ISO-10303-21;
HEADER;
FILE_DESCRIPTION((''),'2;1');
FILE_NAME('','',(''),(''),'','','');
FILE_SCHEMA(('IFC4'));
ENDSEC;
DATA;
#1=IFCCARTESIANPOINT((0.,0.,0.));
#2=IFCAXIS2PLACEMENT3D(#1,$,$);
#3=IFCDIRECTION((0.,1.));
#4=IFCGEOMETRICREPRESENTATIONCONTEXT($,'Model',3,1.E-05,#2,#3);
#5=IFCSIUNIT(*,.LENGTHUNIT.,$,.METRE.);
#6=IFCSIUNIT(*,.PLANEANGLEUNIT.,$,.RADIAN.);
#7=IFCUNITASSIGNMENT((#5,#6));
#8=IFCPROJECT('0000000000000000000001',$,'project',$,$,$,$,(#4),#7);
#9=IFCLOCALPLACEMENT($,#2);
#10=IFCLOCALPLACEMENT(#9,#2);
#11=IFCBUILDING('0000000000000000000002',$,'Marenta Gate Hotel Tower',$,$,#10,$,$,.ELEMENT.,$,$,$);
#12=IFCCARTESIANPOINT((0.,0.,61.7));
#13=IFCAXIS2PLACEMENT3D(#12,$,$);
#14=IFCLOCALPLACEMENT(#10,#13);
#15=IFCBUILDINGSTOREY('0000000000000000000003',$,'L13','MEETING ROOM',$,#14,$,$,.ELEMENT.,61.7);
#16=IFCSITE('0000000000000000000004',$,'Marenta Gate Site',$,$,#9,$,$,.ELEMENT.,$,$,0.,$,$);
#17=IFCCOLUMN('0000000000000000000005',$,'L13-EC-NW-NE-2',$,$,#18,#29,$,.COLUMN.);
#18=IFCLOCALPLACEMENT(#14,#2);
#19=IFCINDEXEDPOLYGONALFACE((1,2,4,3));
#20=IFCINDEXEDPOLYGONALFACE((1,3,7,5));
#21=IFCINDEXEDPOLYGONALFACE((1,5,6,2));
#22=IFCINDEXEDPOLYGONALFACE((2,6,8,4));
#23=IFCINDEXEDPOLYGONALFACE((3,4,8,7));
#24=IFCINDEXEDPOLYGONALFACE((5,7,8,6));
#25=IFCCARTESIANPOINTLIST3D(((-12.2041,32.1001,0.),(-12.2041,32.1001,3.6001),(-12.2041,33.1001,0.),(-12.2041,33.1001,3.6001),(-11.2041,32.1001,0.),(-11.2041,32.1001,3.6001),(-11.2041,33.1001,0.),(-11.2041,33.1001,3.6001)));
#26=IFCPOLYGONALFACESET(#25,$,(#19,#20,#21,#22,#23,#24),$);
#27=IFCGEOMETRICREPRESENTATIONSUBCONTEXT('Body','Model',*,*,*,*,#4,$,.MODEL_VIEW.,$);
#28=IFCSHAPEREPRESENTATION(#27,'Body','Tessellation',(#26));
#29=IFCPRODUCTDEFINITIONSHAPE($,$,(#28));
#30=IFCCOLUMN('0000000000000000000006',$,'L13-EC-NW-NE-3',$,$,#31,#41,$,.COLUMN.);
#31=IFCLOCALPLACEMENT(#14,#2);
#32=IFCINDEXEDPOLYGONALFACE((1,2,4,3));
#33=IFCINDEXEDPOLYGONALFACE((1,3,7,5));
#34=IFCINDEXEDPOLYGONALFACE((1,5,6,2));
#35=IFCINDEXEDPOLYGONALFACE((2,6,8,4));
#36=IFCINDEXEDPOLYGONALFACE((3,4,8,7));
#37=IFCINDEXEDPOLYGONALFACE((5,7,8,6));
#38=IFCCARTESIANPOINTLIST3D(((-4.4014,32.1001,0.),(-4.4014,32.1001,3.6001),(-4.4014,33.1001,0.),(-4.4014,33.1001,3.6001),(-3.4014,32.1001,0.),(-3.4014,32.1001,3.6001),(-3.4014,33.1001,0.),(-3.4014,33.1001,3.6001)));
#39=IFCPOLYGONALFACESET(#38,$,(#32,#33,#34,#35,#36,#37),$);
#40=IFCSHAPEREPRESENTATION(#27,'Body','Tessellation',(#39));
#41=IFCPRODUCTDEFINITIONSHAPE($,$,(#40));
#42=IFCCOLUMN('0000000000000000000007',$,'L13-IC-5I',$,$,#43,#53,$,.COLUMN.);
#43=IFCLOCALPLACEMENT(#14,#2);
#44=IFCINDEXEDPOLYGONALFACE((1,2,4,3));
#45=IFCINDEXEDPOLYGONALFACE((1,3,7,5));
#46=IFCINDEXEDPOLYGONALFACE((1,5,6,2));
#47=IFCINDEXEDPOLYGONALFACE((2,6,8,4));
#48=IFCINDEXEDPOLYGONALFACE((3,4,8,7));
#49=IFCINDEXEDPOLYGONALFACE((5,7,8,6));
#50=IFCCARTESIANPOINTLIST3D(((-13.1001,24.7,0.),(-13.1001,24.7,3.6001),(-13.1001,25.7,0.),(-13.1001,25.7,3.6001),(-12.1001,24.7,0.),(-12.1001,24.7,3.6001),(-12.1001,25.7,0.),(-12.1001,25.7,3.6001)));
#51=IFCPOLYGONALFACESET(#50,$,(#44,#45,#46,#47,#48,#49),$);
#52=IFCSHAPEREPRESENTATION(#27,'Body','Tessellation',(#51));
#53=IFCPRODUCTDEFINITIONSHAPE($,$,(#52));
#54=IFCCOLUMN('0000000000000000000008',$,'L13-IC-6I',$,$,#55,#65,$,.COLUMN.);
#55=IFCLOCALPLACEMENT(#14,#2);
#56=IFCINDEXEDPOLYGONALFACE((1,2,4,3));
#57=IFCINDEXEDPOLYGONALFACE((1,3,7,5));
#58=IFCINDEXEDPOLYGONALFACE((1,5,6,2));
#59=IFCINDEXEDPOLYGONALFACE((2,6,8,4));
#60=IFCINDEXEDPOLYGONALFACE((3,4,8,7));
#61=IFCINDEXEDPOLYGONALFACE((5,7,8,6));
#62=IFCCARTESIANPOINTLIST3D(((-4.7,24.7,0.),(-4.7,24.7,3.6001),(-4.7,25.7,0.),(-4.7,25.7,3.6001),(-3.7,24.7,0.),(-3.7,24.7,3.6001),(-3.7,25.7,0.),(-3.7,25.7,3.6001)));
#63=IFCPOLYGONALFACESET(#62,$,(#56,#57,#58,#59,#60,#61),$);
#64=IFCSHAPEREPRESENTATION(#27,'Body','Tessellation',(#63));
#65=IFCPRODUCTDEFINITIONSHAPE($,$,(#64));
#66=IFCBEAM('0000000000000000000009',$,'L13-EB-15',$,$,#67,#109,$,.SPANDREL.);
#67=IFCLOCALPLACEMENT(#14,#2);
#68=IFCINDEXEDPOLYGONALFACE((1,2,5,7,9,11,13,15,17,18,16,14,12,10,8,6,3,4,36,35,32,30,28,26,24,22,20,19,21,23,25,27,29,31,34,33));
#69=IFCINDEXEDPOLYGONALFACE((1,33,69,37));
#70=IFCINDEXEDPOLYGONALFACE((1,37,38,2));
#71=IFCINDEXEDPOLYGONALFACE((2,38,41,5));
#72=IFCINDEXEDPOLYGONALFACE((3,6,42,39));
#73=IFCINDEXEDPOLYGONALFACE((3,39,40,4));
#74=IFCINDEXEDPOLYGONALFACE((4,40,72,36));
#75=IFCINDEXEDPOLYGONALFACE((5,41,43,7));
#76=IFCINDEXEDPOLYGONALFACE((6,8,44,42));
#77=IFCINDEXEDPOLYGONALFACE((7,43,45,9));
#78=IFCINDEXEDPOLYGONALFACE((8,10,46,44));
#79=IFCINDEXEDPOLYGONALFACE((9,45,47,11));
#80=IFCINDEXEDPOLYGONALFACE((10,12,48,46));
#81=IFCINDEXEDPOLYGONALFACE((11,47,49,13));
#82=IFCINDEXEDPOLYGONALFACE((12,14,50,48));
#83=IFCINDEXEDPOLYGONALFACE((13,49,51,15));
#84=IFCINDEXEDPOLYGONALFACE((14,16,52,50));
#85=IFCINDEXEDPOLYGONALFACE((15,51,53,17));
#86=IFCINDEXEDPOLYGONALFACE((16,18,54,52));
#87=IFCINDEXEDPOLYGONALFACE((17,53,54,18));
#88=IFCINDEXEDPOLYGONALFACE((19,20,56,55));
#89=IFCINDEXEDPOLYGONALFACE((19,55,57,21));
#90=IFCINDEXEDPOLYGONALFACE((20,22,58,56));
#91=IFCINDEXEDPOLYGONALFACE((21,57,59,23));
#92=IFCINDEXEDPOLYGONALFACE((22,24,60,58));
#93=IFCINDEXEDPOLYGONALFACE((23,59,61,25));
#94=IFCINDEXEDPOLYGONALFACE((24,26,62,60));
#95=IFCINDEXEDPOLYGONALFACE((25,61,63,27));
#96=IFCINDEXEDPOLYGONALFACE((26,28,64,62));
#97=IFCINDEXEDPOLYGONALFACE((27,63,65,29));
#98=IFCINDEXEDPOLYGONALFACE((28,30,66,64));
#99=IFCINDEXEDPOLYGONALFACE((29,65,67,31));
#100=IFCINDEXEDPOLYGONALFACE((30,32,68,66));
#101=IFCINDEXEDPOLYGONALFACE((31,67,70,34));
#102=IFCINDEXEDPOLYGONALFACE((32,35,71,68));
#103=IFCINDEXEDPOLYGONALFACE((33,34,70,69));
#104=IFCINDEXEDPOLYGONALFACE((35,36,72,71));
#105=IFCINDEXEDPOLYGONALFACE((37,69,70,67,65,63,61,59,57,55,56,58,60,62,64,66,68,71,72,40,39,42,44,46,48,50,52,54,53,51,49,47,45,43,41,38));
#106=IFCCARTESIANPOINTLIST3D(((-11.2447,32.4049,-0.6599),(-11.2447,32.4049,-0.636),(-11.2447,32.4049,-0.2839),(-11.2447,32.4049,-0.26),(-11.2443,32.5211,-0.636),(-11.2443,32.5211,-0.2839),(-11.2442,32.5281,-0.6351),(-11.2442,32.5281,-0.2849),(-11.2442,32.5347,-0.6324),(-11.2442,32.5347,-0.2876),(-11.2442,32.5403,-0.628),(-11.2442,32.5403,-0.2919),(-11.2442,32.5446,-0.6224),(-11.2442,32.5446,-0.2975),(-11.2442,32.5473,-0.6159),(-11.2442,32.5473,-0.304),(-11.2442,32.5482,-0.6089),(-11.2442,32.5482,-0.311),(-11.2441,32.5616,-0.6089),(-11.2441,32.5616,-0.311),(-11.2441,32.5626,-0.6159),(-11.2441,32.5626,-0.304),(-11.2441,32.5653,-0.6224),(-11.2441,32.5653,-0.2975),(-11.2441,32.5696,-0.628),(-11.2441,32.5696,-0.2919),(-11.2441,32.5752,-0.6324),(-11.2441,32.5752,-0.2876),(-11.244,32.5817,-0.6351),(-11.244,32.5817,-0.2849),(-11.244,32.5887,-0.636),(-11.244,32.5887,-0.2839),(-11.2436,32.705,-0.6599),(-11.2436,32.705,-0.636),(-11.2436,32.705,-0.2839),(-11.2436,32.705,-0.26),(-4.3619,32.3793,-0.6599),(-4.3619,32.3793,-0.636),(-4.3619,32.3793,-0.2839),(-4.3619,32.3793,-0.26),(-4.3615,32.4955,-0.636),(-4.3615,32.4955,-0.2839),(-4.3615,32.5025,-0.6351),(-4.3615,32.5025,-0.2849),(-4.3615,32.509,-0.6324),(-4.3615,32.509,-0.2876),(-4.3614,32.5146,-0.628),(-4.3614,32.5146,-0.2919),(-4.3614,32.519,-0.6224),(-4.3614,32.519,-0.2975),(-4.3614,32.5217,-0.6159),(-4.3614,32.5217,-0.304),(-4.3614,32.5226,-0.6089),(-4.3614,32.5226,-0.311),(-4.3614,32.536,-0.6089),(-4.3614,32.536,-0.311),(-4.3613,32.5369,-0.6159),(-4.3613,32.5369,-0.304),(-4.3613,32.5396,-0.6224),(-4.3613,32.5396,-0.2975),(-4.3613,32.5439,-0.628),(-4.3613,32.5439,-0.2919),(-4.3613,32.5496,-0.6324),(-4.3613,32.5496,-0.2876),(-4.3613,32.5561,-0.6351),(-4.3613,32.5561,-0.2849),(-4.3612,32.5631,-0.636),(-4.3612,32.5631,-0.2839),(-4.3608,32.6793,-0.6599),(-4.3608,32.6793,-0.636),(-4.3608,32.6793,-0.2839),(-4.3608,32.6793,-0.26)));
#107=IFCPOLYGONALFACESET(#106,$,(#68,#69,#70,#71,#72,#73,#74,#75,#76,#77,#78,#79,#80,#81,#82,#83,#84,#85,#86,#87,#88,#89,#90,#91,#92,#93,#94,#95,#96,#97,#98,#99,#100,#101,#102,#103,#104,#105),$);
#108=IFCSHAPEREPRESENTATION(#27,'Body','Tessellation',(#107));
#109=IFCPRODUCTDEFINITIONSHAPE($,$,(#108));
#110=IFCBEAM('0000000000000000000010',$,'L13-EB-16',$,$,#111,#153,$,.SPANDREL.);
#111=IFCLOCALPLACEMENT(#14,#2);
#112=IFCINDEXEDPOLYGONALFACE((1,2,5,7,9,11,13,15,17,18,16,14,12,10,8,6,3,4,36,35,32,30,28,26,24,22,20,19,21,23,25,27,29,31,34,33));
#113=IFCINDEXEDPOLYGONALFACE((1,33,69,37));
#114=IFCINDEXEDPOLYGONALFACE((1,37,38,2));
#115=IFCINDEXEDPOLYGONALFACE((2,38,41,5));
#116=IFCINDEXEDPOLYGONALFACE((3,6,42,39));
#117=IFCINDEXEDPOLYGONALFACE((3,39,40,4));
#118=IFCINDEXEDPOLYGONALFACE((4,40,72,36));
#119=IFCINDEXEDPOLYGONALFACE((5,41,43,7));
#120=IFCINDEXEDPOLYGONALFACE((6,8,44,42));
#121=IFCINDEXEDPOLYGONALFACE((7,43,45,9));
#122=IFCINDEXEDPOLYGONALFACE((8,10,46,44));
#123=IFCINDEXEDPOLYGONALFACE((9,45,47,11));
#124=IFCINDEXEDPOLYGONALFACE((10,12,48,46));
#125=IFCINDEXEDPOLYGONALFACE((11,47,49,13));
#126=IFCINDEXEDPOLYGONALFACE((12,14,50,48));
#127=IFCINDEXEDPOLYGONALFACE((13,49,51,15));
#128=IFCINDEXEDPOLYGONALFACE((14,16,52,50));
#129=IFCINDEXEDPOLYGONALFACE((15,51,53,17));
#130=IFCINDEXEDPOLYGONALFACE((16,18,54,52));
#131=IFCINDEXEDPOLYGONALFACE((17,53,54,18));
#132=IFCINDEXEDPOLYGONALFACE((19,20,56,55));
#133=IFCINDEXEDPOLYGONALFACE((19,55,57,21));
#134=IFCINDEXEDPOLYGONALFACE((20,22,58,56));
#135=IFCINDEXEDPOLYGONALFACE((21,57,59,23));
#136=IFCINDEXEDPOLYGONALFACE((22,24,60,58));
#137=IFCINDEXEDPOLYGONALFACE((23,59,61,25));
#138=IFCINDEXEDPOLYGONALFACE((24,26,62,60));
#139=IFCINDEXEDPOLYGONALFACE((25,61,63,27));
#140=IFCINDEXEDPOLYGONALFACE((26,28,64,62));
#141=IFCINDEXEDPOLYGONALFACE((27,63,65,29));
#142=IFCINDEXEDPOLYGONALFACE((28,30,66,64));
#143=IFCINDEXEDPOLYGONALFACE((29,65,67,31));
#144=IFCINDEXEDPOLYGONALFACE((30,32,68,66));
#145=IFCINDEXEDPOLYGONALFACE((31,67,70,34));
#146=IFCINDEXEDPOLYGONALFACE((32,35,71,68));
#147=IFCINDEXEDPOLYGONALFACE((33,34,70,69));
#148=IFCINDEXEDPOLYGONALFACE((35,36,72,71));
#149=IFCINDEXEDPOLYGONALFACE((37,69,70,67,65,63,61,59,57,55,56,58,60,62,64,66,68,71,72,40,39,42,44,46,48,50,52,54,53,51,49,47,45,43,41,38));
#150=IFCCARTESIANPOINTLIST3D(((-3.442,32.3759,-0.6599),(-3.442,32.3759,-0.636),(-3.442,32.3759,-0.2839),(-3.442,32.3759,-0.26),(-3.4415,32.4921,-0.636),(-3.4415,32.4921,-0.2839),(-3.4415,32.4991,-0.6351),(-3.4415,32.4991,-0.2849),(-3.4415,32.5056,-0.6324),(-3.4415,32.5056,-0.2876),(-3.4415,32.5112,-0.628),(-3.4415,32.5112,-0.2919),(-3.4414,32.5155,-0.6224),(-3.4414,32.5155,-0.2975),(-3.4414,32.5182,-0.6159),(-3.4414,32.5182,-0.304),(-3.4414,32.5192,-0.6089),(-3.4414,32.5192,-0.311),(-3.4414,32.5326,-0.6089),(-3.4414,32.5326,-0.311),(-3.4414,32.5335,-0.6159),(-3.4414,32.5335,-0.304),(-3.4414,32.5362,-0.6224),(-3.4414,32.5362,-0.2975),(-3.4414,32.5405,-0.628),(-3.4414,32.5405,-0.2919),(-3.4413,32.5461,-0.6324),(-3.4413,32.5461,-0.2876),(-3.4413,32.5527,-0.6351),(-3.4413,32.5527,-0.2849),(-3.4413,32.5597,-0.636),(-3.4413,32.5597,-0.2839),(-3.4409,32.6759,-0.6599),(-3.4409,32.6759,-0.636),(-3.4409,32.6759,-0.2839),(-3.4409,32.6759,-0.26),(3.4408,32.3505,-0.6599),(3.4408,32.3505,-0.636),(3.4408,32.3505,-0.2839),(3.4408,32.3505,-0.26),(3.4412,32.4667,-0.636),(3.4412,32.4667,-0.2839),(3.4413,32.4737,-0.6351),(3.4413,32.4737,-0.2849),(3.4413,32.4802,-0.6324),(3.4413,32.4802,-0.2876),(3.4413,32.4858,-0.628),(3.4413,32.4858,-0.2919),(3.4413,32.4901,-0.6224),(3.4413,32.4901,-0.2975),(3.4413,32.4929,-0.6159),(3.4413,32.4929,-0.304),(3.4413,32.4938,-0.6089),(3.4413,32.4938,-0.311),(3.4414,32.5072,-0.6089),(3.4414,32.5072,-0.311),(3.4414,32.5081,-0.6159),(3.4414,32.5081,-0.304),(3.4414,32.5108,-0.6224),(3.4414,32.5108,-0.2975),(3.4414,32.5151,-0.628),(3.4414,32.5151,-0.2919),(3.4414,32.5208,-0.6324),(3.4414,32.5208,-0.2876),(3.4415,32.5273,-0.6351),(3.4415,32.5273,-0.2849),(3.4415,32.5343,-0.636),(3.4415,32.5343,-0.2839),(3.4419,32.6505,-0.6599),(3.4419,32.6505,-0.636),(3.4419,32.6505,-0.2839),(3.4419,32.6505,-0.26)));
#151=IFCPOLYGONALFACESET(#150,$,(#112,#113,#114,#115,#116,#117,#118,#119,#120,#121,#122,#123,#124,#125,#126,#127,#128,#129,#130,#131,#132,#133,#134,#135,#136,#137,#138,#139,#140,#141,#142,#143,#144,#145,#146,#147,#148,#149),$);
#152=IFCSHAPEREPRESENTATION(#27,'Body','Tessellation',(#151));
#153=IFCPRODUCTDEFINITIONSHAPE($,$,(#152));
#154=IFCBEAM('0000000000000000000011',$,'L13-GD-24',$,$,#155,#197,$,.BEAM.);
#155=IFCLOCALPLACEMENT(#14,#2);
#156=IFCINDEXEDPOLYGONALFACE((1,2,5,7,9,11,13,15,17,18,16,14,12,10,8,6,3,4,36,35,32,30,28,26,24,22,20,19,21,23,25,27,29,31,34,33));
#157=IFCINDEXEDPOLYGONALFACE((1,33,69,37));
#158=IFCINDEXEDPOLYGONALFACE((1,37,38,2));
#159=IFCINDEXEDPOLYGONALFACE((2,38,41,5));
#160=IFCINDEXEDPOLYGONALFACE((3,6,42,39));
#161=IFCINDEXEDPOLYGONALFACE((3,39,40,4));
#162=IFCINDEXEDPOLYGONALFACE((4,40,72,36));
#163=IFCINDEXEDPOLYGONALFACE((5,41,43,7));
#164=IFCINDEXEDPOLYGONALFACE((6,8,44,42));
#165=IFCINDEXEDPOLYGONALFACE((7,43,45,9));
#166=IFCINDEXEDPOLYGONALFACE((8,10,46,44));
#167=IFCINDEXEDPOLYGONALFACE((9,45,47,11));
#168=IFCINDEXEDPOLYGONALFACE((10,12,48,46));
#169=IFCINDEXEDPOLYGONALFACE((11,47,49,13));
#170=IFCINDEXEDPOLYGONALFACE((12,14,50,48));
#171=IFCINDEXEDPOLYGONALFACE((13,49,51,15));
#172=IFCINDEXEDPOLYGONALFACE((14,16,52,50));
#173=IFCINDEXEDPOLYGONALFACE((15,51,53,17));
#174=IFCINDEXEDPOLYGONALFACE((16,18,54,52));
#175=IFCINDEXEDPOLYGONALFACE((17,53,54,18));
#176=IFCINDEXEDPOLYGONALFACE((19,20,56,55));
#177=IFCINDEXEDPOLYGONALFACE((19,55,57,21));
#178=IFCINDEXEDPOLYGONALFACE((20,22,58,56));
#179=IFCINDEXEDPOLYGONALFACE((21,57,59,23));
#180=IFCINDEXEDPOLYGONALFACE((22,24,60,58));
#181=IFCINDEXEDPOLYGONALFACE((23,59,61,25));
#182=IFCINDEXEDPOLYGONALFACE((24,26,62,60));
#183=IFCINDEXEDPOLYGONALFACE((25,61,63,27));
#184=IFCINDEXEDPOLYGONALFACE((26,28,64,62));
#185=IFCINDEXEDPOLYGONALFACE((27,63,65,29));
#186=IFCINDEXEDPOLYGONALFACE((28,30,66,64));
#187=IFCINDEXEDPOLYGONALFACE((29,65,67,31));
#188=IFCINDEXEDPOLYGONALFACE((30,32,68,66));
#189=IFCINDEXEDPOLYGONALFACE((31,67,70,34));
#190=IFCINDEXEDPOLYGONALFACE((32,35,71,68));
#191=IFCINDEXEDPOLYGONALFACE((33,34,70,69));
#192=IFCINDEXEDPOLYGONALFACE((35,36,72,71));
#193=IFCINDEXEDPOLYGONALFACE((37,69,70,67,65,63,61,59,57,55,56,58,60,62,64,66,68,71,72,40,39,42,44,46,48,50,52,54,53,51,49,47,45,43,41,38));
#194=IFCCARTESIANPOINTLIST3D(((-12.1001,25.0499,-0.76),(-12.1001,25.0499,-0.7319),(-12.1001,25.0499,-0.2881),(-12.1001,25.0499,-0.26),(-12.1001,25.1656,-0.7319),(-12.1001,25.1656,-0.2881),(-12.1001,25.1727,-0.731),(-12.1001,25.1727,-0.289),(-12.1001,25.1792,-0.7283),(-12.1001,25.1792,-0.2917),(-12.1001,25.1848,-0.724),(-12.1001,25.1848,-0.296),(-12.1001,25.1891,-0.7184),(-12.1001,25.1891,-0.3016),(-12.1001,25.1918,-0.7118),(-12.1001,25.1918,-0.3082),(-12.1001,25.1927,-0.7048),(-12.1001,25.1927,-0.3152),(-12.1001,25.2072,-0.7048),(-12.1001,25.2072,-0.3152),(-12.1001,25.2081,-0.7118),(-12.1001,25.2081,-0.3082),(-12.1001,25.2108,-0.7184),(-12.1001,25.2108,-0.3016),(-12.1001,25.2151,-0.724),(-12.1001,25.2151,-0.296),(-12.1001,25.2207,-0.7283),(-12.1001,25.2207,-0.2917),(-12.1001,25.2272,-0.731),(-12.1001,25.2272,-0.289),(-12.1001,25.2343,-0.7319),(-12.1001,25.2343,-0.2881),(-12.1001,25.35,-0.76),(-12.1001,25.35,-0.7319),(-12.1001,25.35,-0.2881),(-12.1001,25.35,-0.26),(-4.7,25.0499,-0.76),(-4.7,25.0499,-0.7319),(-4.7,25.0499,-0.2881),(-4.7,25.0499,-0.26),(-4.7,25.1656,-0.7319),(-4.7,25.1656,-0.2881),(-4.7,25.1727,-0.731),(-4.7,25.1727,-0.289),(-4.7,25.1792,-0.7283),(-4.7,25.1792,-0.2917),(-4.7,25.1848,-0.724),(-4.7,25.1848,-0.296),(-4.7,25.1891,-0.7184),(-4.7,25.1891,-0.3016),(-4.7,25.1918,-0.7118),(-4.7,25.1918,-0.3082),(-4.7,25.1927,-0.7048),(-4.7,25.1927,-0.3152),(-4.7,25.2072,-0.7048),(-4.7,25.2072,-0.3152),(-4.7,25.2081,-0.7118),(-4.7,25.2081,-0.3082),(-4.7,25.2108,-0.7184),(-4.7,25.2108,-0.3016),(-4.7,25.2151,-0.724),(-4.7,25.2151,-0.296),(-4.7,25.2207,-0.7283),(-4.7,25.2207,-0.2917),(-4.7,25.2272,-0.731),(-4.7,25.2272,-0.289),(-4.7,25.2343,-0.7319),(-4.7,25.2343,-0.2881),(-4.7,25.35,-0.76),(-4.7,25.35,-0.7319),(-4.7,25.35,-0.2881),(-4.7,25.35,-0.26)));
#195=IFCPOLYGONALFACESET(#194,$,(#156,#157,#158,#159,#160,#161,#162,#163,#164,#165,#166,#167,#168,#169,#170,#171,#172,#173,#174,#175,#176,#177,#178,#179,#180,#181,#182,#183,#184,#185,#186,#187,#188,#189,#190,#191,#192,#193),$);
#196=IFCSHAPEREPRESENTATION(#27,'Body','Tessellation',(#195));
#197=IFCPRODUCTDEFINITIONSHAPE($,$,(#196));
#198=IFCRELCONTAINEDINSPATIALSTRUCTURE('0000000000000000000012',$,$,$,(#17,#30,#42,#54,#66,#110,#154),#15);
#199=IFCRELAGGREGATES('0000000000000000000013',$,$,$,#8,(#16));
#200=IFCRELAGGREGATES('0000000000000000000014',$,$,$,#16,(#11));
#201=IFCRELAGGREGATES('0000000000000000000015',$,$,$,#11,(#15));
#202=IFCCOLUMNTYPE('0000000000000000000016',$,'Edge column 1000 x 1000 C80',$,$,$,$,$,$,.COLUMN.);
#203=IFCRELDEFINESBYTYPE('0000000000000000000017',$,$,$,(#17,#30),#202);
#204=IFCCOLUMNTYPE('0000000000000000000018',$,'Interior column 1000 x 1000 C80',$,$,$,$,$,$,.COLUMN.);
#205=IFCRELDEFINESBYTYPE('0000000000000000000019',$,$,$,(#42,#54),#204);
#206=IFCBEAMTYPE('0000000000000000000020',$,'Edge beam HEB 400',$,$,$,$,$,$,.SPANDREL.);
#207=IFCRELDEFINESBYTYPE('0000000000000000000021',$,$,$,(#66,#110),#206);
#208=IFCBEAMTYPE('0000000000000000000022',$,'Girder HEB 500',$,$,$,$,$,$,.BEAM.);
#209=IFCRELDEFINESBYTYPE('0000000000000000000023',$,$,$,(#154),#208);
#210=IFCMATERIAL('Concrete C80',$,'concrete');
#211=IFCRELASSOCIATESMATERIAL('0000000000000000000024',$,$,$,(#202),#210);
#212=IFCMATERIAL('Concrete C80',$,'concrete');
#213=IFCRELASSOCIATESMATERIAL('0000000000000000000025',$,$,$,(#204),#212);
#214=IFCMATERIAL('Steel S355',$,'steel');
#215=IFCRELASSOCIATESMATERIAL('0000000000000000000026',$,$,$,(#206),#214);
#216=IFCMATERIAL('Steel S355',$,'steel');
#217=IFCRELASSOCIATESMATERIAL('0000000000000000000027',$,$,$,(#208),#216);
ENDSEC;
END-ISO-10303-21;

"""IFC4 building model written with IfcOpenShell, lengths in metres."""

from ifc_helpers import new_model, si_unit, direction, frame, origin, origin_2d, place, context, subcontext, project, spatial, rectangle, i_section, extrude, material, material_profile, profile_set, type_object, element, save


model = new_model("IFC4")

# Units and contexts
model_context = context("Model", 3, precision=1e-05, world=origin(), true_north=direction((0.0, 1.0)))
body_context = subcontext(model_context, "Body", "Model", "MODEL_VIEW")
ifc_project = project(units=[si_unit("LENGTHUNIT", "METRE"), si_unit("PLANEANGLEUNIT", "RADIAN")], contexts=[model_context])

# Site, building, storey
site_placement = place(None, origin())
site = spatial("IfcSite", under=ifc_project, at=site_placement, Name="Marenta Gate Site", CompositionType="ELEMENT", RefElevation=0.0)
building_placement = place(site_placement, origin())
building = spatial("IfcBuilding", under=site, at=building_placement, Name="Marenta Gate Hotel Tower", CompositionType="ELEMENT")
storey_placement = place(building_placement, frame((0.0, 0.0, 61.7)))
storey = spatial("IfcBuildingStorey", under=building, at=storey_placement, Name="L13", Description="MEETING ROOM", CompositionType="ELEMENT", Elevation=61.7)

# Columns
ifc_material_1 = material(Name="Concrete C80", Category="concrete")
ifc_material_profile_1 = material_profile(ifc_material_1, rectangle(XDim=1.0, YDim=1.0, at=origin_2d()), Name="1000 x 1000")
ifc_profile_set_1 = profile_set([ifc_material_profile_1], Name="Concrete C80")
column_type_1 = type_object("IfcColumnType", Name="Edge column 1000 x 1000 C80", PredefinedType="COLUMN", material=ifc_profile_set_1)
for number, where, z_axis, x_axis, name in (
    (1, (-11.7041, 32.6001, 0.0), (0.0, 0.0, 1.0), (1.0, 0.0, 0.0), "L13-EC-NW-NE-2"),
    (2, (-3.9014, 32.6001, 0.0), (0.0, 0.0, 1.0), (1.0, 0.0, 0.0), "L13-EC-NW-NE-3"),
):
    element("IfcColumn", number, at=place(storey_placement, frame(where, z_axis=z_axis, x_axis=x_axis)), inside=storey, type_object=column_type_1, Name=name, PredefinedType="COLUMN", context=body_context, shape_type="SweptSolid", body=[
        extrude(rectangle(XDim=1.0, YDim=1.0, at=origin_2d()), origin(), (0.0, 0.0, 1.0), 3.6001),
    ])
ifc_material_2 = material(Name="Concrete C80", Category="concrete")
ifc_material_profile_2 = material_profile(ifc_material_2, rectangle(XDim=1.0, YDim=1.0, at=origin_2d()), Name="1000 x 1000")
ifc_profile_set_2 = profile_set([ifc_material_profile_2], Name="Concrete C80")
column_type_2 = type_object("IfcColumnType", Name="Interior column 1000 x 1000 C80", PredefinedType="COLUMN", material=ifc_profile_set_2)
for number, where, z_axis, x_axis, name in (
    (3, (-12.6001, 25.2, 0.0), (0.0, 0.0, 1.0), (1.0, 0.0, 0.0), "L13-IC-5I"),
    (4, (-4.2, 25.2, 0.0), (0.0, 0.0, 1.0), (1.0, 0.0, 0.0), "L13-IC-6I"),
):
    element("IfcColumn", number, at=place(storey_placement, frame(where, z_axis=z_axis, x_axis=x_axis)), inside=storey, type_object=column_type_2, Name=name, PredefinedType="COLUMN", context=body_context, shape_type="SweptSolid", body=[
        extrude(rectangle(XDim=1.0, YDim=1.0, at=origin_2d()), origin(), (0.0, 0.0, 1.0), 3.6001),
    ])

# Beams
ifc_material_3 = material(Name="Steel S355", Category="steel")
ifc_material_profile_3 = material_profile(ifc_material_3, i_section(OverallWidth=0.3, OverallDepth=0.3999, WebThickness=0.0134, FlangeThickness=0.0239, FilletRadius=0.0271, at=origin_2d()), Name="HEB 400")
ifc_profile_set_3 = profile_set([ifc_material_profile_3], Name="Steel S355")
beam_type_1 = type_object("IfcBeamType", Name="Edge beam HEB 400", PredefinedType="SPANDREL", material=ifc_profile_set_3)
for number, where, z_axis, x_axis, name in (
    (5, (-11.2441, 32.5549, -0.46), (0.999993, -0.003724, 0.0), (0.003724, 0.999993, 0.0), "L13-EB-15"),
    (6, (-3.4414, 32.5259, -0.46), (0.999993, -0.003689, 0.0), (0.003689, 0.999993, 0.0), "L13-EB-16"),
):
    element("IfcBeam", number, at=place(storey_placement, frame(where, z_axis=z_axis, x_axis=x_axis)), inside=storey, type_object=beam_type_1, Name=name, PredefinedType="SPANDREL", context=body_context, shape_type="SweptSolid", body=[
        extrude(i_section(OverallWidth=0.3, OverallDepth=0.3999, WebThickness=0.0134, FlangeThickness=0.0239, FilletRadius=0.0271, at=origin_2d()), origin(), (0.0, 0.0, 1.0), 6.8828),
    ])
ifc_material_4 = material(Name="Steel S355", Category="steel")
ifc_material_profile_4 = material_profile(ifc_material_4, i_section(OverallWidth=0.3, OverallDepth=0.5, WebThickness=0.0144, FlangeThickness=0.0281, FilletRadius=0.0271, at=origin_2d()), Name="HEB 500")
ifc_profile_set_4 = profile_set([ifc_material_profile_4], Name="Steel S355")
beam_type_2 = type_object("IfcBeamType", Name="Girder HEB 500", PredefinedType="BEAM", material=ifc_profile_set_4)
beam_1_placement = place(storey_placement, frame((-12.1001, 25.2, -0.51), z_axis=(1.0, 0.0, 0.0), x_axis=(0.0, 1.0, 0.0)))
element("IfcBeam", 7, at=beam_1_placement, inside=storey, type_object=beam_type_2, Name="L13-GD-24", PredefinedType="BEAM", context=body_context, shape_type="SweptSolid", body=[
    extrude(i_section(OverallWidth=0.3, OverallDepth=0.5, WebThickness=0.0144, FlangeThickness=0.0281, FilletRadius=0.0271, at=origin_2d()), origin(), (0.0, 0.0, 1.0), 7.4001),
])

save(model, "model.ifc")
